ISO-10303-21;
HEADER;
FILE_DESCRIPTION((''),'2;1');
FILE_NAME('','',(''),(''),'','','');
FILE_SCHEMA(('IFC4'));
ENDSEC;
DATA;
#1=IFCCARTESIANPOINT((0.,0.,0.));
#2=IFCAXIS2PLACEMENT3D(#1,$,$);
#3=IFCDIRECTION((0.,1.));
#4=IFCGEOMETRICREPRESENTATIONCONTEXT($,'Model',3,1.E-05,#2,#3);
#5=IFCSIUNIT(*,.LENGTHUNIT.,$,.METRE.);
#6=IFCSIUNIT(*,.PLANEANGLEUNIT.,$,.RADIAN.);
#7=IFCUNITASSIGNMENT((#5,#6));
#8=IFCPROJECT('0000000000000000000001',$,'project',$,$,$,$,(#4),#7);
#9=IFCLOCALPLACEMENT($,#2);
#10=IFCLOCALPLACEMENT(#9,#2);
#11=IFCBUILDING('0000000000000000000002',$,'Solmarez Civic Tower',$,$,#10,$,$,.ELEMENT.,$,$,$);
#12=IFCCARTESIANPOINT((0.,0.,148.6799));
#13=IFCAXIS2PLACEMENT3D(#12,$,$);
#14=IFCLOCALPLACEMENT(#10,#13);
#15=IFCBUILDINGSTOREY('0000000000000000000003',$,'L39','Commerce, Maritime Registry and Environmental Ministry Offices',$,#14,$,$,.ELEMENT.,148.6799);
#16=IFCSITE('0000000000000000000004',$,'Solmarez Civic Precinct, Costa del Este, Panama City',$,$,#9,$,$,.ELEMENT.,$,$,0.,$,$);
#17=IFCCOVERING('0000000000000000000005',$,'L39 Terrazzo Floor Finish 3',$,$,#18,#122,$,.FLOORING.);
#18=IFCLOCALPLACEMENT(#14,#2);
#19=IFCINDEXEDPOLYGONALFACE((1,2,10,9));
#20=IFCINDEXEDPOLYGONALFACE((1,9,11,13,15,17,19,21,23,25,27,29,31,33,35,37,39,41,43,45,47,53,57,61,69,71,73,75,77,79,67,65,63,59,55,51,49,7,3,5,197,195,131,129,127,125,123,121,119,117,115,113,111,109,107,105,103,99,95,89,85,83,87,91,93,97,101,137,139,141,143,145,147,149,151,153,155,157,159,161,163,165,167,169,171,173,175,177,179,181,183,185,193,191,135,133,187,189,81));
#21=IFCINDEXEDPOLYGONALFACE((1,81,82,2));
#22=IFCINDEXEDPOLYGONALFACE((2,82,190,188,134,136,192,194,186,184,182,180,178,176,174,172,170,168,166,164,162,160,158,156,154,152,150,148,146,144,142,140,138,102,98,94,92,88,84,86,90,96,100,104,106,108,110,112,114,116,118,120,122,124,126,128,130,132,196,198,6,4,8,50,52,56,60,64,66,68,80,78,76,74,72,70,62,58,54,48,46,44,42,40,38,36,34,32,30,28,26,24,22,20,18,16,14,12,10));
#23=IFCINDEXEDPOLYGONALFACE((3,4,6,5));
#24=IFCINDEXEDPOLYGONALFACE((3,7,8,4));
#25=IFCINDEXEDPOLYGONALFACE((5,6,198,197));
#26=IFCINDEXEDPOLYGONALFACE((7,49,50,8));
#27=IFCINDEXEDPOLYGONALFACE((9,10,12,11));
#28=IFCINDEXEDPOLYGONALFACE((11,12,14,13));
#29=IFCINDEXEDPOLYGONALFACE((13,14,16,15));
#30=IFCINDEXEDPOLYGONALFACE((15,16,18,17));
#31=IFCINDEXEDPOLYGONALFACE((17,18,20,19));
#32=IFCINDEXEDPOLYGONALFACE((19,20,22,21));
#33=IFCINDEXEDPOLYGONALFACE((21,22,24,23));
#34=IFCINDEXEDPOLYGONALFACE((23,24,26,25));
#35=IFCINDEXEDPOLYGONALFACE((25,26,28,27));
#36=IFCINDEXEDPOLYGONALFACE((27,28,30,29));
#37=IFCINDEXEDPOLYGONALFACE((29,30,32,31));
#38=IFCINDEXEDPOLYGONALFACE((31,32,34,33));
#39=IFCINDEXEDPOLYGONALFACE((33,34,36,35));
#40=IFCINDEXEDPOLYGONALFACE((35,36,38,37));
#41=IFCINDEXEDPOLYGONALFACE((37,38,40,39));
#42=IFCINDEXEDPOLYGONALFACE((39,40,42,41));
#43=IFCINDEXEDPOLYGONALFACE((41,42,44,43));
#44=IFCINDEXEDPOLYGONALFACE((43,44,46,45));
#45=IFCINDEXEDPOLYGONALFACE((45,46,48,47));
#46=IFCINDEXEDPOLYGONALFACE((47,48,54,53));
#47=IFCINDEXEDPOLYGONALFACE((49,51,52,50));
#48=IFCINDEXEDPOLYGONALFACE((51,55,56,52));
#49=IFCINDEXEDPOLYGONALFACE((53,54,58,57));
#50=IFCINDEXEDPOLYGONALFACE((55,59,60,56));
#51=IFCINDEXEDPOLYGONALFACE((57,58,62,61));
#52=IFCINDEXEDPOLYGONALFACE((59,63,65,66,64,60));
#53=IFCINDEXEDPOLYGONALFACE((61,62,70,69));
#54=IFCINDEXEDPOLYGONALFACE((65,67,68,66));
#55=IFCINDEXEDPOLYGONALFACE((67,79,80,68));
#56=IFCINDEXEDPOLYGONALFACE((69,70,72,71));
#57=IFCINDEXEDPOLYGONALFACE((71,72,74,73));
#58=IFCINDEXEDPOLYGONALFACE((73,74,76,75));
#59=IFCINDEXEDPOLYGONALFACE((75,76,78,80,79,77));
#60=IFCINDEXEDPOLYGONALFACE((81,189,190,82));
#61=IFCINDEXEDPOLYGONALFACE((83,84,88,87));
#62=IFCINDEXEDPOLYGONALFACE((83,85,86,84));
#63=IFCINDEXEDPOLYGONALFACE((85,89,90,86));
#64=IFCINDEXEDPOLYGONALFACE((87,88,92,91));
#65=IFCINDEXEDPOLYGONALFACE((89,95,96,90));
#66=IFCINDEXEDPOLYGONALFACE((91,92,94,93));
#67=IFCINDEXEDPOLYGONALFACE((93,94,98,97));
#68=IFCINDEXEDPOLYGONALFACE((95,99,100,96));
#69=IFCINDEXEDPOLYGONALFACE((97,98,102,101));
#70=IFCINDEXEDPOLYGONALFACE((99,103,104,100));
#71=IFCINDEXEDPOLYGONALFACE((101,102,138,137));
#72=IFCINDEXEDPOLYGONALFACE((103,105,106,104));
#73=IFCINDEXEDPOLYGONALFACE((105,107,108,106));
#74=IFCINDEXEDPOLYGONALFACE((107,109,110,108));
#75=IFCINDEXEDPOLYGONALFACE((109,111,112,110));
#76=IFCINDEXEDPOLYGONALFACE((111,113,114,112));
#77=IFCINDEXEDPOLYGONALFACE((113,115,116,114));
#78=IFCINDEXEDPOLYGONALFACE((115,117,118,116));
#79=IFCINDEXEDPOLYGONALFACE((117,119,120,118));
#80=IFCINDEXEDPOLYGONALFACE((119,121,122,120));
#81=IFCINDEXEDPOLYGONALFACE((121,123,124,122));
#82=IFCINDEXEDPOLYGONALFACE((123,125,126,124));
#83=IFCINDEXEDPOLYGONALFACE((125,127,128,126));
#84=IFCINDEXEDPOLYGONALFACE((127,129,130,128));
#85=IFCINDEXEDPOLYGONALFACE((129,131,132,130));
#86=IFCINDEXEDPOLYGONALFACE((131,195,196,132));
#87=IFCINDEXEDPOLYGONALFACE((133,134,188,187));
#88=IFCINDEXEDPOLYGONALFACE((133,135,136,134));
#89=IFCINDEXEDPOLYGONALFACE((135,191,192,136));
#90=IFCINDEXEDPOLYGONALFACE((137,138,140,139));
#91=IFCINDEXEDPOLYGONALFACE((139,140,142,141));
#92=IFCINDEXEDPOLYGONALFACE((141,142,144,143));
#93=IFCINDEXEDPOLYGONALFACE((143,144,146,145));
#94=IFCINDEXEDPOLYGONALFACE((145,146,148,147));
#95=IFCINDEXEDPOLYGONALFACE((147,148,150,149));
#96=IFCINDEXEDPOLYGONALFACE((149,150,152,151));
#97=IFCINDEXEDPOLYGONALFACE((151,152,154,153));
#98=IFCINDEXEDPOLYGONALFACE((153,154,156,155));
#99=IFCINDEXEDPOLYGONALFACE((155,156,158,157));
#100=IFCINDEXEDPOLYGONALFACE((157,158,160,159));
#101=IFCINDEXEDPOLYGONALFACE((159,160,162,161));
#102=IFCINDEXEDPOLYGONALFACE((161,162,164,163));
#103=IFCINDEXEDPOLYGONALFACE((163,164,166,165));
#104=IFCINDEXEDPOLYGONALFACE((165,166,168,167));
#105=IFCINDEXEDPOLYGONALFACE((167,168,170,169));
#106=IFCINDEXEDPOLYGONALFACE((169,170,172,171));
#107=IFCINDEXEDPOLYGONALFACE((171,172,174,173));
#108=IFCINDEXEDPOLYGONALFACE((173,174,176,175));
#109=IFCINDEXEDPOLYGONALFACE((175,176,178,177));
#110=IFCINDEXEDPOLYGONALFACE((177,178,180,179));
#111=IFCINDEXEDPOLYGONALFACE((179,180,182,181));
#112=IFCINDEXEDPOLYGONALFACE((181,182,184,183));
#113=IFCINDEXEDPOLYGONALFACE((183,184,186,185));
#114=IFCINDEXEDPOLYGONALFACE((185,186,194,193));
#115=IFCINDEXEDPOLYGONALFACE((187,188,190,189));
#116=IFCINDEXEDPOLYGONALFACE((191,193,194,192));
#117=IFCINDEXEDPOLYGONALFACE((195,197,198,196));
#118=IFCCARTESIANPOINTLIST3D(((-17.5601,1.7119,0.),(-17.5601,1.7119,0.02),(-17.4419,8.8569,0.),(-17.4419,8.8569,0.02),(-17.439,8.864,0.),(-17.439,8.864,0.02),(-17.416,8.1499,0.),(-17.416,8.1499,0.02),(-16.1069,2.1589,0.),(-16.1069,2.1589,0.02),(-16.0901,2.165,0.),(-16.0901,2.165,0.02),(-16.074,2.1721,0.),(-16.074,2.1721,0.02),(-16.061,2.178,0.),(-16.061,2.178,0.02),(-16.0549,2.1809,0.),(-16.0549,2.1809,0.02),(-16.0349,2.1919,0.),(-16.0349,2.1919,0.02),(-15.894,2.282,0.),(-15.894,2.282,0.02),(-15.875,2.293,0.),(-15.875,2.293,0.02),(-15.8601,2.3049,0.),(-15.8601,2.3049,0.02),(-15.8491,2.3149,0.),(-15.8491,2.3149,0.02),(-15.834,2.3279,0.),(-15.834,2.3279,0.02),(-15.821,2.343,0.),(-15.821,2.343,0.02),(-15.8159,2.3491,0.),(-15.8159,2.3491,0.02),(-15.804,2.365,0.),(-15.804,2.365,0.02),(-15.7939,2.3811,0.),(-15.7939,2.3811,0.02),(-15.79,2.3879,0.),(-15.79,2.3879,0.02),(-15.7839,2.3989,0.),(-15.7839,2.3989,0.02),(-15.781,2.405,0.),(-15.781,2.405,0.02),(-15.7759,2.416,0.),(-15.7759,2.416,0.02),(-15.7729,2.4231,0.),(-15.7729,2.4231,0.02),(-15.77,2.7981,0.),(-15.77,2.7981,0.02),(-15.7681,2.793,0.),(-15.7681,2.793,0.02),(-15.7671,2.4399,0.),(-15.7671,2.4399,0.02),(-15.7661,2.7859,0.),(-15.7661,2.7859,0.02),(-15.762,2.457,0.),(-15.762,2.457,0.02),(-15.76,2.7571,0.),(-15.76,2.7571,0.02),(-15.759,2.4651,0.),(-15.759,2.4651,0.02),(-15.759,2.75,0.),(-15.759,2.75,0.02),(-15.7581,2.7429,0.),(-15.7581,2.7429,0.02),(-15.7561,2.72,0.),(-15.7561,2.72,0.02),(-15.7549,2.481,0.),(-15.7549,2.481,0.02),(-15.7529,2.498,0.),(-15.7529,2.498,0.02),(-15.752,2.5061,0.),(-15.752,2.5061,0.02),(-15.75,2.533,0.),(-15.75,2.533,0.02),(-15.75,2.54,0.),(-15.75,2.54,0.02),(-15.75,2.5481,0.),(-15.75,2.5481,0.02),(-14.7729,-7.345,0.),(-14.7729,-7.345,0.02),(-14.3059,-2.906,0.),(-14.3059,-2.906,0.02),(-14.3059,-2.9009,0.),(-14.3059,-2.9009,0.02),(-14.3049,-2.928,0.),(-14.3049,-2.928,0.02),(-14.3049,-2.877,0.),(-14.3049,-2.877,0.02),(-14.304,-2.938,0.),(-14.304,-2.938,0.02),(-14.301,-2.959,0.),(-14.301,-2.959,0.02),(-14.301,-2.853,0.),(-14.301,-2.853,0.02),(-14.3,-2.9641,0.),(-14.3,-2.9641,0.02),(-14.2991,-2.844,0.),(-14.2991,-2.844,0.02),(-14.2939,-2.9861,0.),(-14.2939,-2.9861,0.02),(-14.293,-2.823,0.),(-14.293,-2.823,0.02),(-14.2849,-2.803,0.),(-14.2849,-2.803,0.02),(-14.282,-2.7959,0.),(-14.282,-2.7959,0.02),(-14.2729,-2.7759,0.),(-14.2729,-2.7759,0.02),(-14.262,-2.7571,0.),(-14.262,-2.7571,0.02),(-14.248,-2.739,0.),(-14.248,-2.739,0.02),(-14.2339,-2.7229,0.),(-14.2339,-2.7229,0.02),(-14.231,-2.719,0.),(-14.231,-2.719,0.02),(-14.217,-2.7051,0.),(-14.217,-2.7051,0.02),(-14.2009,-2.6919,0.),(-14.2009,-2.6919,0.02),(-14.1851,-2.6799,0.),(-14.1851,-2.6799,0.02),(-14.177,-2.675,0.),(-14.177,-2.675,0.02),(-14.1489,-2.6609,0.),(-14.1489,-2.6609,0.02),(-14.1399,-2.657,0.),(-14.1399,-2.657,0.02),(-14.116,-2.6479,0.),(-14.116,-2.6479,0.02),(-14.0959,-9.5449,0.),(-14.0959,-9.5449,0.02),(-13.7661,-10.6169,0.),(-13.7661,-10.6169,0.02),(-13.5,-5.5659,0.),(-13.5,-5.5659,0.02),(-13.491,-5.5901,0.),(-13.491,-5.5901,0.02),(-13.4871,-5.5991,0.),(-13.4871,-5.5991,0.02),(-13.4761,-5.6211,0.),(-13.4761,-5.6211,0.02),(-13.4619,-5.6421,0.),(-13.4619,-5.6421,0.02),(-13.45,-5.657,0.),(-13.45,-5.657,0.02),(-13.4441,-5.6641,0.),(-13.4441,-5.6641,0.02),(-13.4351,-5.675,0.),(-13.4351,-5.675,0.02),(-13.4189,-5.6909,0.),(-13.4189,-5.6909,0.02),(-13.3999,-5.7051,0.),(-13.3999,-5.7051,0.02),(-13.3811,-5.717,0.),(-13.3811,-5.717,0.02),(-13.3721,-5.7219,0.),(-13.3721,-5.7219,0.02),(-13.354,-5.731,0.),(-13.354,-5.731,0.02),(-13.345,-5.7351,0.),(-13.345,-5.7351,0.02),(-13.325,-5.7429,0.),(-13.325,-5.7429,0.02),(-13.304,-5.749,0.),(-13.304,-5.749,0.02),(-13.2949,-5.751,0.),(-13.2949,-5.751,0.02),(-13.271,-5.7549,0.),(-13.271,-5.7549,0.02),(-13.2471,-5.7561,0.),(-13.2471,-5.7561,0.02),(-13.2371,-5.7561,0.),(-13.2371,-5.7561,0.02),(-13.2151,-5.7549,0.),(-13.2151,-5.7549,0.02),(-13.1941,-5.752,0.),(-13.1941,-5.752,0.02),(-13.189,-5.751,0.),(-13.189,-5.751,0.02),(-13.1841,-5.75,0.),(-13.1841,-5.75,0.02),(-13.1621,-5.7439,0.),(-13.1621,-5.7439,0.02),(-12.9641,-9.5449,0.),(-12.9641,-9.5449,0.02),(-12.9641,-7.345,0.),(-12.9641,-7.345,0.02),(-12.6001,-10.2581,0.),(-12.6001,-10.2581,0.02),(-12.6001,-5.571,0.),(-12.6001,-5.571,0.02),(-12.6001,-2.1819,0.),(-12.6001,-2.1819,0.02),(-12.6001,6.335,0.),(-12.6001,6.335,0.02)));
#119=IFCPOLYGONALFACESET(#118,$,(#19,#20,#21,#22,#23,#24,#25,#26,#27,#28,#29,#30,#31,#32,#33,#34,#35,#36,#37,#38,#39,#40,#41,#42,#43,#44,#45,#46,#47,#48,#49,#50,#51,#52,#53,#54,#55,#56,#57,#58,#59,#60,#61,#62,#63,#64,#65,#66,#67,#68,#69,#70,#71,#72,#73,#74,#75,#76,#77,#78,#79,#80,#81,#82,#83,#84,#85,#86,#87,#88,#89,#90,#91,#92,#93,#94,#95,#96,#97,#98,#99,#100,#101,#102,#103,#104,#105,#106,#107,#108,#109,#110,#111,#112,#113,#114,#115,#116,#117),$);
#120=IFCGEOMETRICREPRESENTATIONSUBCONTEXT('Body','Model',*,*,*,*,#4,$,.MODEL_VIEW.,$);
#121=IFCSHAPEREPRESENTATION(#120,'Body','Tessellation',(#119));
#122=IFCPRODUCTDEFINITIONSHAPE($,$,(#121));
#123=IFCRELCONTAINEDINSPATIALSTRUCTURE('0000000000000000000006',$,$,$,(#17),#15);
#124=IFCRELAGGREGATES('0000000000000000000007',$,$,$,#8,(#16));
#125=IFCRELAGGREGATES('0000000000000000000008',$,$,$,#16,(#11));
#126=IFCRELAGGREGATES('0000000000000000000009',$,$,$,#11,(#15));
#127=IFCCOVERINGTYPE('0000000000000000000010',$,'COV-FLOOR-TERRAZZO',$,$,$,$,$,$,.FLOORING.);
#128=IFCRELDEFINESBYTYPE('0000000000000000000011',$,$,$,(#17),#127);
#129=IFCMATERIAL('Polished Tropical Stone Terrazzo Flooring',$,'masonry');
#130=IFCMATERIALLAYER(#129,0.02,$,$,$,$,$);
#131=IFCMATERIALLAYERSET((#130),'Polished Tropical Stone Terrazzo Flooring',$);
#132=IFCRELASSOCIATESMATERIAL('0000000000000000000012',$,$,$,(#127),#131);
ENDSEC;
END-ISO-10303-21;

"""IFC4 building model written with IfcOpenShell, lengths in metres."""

from ifc_helpers import new_model, si_unit, direction, frame, origin, place, context, subcontext, project, spatial, polyline, outline, extrude, material, layer, layer_set, type_object, element, save


model = new_model("IFC4")

# Units and contexts
model_context = context("Model", 3, precision=1e-05, world=origin(), true_north=direction((0.0, 1.0)))
body_context = subcontext(model_context, "Body", "Model", "MODEL_VIEW")
ifc_project = project(units=[si_unit("LENGTHUNIT", "METRE"), si_unit("PLANEANGLEUNIT", "RADIAN")], contexts=[model_context])

# Site, building, storey
site_placement = place(None, origin())
site = spatial("IfcSite", under=ifc_project, at=site_placement, Name="Solmarez Civic Precinct, Costa del Este, Panama City", CompositionType="ELEMENT", RefElevation=0.0)
building_placement = place(site_placement, origin())
building = spatial("IfcBuilding", under=site, at=building_placement, Name="Solmarez Civic Tower", CompositionType="ELEMENT")
storey_placement = place(building_placement, frame((0.0, 0.0, 148.6799)))
storey = spatial("IfcBuildingStorey", under=building, at=storey_placement, Name="L39", Description="Commerce, Maritime Registry and Environmental Ministry Offices", CompositionType="ELEMENT", Elevation=148.6799)

# Covering
ifc_material_1 = material(Name="Polished Tropical Stone Terrazzo Flooring", Category="masonry")
ifc_layer_1 = layer(ifc_material_1, 0.02)
ifc_layer_set_1 = layer_set([ifc_layer_1], Name="Polished Tropical Stone Terrazzo Flooring")
covering_type_1 = type_object("IfcCoveringType", Name="COV-FLOOR-TERRAZZO", PredefinedType="FLOORING", material=ifc_layer_set_1)
covering_1_placement = place(storey_placement, origin())
element("IfcCovering", 1, at=covering_1_placement, inside=storey, type_object=covering_type_1, Name="L39 Terrazzo Floor Finish 3", PredefinedType="FLOORING", context=body_context, shape_type="SweptSolid", body=[
    extrude(outline(polyline([(-15.8601, 2.3049), (-15.875, 2.293), (-15.894, 2.282), (-16.0349, 2.1919), (-16.0549, 2.1809), (-16.061, 2.178), (-16.074, 2.1721), (-16.0901, 2.165), (-16.1069, 2.1589), (-17.5601, 1.7119), (-14.7729, -7.345), (-12.9641, -7.345), (-12.9641, -9.5449), (-14.0959, -9.5449), (-13.7661, -10.6169), (-12.6001, -10.2581), (-12.6001, -5.571), (-13.1621, -5.7439), (-13.1841, -5.75), (-13.189, -5.751), (-13.1941, -5.752), (-13.2151, -5.7549), (-13.2371, -5.7561), (-13.2471, -5.7561), (-13.271, -5.7549), (-13.2949, -5.751), (-13.304, -5.749), (-13.325, -5.7429), (-13.345, -5.7351), (-13.354, -5.731), (-13.3721, -5.7219), (-13.3811, -5.717), (-13.3999, -5.7051), (-13.4189, -5.6909), (-13.4351, -5.675), (-13.4441, -5.6641), (-13.45, -5.657), (-13.4619, -5.6421), (-13.4761, -5.6211), (-13.4871, -5.5991), (-13.491, -5.5901), (-13.5, -5.5659), (-14.2939, -2.9861), (-14.3, -2.9641), (-14.301, -2.959), (-14.304, -2.938), (-14.3049, -2.928), (-14.3059, -2.906), (-14.3059, -2.9009), (-14.3049, -2.877), (-14.301, -2.853), (-14.2991, -2.844), (-14.293, -2.823), (-14.2849, -2.803), (-14.282, -2.7959), (-14.2729, -2.7759), (-14.262, -2.7571), (-14.248, -2.739), (-14.2339, -2.7229), (-14.231, -2.719), (-14.217, -2.7051), (-14.2009, -2.6919), (-14.1851, -2.6799), (-14.177, -2.675), (-14.1489, -2.6609), (-14.1399, -2.657), (-14.116, -2.6479), (-12.6001, -2.1819), (-12.6001, 6.335), (-17.439, 8.864), (-17.4419, 8.8569), (-17.416, 8.1499), (-15.77, 2.7981), (-15.7681, 2.793), (-15.7661, 2.7859), (-15.76, 2.7571), (-15.759, 2.75), (-15.7581, 2.7429), (-15.7561, 2.72), (-15.75, 2.5481), (-15.75, 2.54), (-15.75, 2.533), (-15.752, 2.5061), (-15.7529, 2.498), (-15.7549, 2.481), (-15.759, 2.4651), (-15.762, 2.457), (-15.7671, 2.4399), (-15.7729, 2.4231), (-15.7759, 2.416), (-15.781, 2.405), (-15.7839, 2.3989), (-15.79, 2.3879), (-15.7939, 2.3811), (-15.804, 2.365), (-15.8159, 2.3491), (-15.821, 2.343), (-15.834, 2.3279), (-15.8491, 2.3149), (-15.8601, 2.3049)])), origin(), (0.0, 0.0, 1.0), 0.02),
])

save(model, "model.ifc")
